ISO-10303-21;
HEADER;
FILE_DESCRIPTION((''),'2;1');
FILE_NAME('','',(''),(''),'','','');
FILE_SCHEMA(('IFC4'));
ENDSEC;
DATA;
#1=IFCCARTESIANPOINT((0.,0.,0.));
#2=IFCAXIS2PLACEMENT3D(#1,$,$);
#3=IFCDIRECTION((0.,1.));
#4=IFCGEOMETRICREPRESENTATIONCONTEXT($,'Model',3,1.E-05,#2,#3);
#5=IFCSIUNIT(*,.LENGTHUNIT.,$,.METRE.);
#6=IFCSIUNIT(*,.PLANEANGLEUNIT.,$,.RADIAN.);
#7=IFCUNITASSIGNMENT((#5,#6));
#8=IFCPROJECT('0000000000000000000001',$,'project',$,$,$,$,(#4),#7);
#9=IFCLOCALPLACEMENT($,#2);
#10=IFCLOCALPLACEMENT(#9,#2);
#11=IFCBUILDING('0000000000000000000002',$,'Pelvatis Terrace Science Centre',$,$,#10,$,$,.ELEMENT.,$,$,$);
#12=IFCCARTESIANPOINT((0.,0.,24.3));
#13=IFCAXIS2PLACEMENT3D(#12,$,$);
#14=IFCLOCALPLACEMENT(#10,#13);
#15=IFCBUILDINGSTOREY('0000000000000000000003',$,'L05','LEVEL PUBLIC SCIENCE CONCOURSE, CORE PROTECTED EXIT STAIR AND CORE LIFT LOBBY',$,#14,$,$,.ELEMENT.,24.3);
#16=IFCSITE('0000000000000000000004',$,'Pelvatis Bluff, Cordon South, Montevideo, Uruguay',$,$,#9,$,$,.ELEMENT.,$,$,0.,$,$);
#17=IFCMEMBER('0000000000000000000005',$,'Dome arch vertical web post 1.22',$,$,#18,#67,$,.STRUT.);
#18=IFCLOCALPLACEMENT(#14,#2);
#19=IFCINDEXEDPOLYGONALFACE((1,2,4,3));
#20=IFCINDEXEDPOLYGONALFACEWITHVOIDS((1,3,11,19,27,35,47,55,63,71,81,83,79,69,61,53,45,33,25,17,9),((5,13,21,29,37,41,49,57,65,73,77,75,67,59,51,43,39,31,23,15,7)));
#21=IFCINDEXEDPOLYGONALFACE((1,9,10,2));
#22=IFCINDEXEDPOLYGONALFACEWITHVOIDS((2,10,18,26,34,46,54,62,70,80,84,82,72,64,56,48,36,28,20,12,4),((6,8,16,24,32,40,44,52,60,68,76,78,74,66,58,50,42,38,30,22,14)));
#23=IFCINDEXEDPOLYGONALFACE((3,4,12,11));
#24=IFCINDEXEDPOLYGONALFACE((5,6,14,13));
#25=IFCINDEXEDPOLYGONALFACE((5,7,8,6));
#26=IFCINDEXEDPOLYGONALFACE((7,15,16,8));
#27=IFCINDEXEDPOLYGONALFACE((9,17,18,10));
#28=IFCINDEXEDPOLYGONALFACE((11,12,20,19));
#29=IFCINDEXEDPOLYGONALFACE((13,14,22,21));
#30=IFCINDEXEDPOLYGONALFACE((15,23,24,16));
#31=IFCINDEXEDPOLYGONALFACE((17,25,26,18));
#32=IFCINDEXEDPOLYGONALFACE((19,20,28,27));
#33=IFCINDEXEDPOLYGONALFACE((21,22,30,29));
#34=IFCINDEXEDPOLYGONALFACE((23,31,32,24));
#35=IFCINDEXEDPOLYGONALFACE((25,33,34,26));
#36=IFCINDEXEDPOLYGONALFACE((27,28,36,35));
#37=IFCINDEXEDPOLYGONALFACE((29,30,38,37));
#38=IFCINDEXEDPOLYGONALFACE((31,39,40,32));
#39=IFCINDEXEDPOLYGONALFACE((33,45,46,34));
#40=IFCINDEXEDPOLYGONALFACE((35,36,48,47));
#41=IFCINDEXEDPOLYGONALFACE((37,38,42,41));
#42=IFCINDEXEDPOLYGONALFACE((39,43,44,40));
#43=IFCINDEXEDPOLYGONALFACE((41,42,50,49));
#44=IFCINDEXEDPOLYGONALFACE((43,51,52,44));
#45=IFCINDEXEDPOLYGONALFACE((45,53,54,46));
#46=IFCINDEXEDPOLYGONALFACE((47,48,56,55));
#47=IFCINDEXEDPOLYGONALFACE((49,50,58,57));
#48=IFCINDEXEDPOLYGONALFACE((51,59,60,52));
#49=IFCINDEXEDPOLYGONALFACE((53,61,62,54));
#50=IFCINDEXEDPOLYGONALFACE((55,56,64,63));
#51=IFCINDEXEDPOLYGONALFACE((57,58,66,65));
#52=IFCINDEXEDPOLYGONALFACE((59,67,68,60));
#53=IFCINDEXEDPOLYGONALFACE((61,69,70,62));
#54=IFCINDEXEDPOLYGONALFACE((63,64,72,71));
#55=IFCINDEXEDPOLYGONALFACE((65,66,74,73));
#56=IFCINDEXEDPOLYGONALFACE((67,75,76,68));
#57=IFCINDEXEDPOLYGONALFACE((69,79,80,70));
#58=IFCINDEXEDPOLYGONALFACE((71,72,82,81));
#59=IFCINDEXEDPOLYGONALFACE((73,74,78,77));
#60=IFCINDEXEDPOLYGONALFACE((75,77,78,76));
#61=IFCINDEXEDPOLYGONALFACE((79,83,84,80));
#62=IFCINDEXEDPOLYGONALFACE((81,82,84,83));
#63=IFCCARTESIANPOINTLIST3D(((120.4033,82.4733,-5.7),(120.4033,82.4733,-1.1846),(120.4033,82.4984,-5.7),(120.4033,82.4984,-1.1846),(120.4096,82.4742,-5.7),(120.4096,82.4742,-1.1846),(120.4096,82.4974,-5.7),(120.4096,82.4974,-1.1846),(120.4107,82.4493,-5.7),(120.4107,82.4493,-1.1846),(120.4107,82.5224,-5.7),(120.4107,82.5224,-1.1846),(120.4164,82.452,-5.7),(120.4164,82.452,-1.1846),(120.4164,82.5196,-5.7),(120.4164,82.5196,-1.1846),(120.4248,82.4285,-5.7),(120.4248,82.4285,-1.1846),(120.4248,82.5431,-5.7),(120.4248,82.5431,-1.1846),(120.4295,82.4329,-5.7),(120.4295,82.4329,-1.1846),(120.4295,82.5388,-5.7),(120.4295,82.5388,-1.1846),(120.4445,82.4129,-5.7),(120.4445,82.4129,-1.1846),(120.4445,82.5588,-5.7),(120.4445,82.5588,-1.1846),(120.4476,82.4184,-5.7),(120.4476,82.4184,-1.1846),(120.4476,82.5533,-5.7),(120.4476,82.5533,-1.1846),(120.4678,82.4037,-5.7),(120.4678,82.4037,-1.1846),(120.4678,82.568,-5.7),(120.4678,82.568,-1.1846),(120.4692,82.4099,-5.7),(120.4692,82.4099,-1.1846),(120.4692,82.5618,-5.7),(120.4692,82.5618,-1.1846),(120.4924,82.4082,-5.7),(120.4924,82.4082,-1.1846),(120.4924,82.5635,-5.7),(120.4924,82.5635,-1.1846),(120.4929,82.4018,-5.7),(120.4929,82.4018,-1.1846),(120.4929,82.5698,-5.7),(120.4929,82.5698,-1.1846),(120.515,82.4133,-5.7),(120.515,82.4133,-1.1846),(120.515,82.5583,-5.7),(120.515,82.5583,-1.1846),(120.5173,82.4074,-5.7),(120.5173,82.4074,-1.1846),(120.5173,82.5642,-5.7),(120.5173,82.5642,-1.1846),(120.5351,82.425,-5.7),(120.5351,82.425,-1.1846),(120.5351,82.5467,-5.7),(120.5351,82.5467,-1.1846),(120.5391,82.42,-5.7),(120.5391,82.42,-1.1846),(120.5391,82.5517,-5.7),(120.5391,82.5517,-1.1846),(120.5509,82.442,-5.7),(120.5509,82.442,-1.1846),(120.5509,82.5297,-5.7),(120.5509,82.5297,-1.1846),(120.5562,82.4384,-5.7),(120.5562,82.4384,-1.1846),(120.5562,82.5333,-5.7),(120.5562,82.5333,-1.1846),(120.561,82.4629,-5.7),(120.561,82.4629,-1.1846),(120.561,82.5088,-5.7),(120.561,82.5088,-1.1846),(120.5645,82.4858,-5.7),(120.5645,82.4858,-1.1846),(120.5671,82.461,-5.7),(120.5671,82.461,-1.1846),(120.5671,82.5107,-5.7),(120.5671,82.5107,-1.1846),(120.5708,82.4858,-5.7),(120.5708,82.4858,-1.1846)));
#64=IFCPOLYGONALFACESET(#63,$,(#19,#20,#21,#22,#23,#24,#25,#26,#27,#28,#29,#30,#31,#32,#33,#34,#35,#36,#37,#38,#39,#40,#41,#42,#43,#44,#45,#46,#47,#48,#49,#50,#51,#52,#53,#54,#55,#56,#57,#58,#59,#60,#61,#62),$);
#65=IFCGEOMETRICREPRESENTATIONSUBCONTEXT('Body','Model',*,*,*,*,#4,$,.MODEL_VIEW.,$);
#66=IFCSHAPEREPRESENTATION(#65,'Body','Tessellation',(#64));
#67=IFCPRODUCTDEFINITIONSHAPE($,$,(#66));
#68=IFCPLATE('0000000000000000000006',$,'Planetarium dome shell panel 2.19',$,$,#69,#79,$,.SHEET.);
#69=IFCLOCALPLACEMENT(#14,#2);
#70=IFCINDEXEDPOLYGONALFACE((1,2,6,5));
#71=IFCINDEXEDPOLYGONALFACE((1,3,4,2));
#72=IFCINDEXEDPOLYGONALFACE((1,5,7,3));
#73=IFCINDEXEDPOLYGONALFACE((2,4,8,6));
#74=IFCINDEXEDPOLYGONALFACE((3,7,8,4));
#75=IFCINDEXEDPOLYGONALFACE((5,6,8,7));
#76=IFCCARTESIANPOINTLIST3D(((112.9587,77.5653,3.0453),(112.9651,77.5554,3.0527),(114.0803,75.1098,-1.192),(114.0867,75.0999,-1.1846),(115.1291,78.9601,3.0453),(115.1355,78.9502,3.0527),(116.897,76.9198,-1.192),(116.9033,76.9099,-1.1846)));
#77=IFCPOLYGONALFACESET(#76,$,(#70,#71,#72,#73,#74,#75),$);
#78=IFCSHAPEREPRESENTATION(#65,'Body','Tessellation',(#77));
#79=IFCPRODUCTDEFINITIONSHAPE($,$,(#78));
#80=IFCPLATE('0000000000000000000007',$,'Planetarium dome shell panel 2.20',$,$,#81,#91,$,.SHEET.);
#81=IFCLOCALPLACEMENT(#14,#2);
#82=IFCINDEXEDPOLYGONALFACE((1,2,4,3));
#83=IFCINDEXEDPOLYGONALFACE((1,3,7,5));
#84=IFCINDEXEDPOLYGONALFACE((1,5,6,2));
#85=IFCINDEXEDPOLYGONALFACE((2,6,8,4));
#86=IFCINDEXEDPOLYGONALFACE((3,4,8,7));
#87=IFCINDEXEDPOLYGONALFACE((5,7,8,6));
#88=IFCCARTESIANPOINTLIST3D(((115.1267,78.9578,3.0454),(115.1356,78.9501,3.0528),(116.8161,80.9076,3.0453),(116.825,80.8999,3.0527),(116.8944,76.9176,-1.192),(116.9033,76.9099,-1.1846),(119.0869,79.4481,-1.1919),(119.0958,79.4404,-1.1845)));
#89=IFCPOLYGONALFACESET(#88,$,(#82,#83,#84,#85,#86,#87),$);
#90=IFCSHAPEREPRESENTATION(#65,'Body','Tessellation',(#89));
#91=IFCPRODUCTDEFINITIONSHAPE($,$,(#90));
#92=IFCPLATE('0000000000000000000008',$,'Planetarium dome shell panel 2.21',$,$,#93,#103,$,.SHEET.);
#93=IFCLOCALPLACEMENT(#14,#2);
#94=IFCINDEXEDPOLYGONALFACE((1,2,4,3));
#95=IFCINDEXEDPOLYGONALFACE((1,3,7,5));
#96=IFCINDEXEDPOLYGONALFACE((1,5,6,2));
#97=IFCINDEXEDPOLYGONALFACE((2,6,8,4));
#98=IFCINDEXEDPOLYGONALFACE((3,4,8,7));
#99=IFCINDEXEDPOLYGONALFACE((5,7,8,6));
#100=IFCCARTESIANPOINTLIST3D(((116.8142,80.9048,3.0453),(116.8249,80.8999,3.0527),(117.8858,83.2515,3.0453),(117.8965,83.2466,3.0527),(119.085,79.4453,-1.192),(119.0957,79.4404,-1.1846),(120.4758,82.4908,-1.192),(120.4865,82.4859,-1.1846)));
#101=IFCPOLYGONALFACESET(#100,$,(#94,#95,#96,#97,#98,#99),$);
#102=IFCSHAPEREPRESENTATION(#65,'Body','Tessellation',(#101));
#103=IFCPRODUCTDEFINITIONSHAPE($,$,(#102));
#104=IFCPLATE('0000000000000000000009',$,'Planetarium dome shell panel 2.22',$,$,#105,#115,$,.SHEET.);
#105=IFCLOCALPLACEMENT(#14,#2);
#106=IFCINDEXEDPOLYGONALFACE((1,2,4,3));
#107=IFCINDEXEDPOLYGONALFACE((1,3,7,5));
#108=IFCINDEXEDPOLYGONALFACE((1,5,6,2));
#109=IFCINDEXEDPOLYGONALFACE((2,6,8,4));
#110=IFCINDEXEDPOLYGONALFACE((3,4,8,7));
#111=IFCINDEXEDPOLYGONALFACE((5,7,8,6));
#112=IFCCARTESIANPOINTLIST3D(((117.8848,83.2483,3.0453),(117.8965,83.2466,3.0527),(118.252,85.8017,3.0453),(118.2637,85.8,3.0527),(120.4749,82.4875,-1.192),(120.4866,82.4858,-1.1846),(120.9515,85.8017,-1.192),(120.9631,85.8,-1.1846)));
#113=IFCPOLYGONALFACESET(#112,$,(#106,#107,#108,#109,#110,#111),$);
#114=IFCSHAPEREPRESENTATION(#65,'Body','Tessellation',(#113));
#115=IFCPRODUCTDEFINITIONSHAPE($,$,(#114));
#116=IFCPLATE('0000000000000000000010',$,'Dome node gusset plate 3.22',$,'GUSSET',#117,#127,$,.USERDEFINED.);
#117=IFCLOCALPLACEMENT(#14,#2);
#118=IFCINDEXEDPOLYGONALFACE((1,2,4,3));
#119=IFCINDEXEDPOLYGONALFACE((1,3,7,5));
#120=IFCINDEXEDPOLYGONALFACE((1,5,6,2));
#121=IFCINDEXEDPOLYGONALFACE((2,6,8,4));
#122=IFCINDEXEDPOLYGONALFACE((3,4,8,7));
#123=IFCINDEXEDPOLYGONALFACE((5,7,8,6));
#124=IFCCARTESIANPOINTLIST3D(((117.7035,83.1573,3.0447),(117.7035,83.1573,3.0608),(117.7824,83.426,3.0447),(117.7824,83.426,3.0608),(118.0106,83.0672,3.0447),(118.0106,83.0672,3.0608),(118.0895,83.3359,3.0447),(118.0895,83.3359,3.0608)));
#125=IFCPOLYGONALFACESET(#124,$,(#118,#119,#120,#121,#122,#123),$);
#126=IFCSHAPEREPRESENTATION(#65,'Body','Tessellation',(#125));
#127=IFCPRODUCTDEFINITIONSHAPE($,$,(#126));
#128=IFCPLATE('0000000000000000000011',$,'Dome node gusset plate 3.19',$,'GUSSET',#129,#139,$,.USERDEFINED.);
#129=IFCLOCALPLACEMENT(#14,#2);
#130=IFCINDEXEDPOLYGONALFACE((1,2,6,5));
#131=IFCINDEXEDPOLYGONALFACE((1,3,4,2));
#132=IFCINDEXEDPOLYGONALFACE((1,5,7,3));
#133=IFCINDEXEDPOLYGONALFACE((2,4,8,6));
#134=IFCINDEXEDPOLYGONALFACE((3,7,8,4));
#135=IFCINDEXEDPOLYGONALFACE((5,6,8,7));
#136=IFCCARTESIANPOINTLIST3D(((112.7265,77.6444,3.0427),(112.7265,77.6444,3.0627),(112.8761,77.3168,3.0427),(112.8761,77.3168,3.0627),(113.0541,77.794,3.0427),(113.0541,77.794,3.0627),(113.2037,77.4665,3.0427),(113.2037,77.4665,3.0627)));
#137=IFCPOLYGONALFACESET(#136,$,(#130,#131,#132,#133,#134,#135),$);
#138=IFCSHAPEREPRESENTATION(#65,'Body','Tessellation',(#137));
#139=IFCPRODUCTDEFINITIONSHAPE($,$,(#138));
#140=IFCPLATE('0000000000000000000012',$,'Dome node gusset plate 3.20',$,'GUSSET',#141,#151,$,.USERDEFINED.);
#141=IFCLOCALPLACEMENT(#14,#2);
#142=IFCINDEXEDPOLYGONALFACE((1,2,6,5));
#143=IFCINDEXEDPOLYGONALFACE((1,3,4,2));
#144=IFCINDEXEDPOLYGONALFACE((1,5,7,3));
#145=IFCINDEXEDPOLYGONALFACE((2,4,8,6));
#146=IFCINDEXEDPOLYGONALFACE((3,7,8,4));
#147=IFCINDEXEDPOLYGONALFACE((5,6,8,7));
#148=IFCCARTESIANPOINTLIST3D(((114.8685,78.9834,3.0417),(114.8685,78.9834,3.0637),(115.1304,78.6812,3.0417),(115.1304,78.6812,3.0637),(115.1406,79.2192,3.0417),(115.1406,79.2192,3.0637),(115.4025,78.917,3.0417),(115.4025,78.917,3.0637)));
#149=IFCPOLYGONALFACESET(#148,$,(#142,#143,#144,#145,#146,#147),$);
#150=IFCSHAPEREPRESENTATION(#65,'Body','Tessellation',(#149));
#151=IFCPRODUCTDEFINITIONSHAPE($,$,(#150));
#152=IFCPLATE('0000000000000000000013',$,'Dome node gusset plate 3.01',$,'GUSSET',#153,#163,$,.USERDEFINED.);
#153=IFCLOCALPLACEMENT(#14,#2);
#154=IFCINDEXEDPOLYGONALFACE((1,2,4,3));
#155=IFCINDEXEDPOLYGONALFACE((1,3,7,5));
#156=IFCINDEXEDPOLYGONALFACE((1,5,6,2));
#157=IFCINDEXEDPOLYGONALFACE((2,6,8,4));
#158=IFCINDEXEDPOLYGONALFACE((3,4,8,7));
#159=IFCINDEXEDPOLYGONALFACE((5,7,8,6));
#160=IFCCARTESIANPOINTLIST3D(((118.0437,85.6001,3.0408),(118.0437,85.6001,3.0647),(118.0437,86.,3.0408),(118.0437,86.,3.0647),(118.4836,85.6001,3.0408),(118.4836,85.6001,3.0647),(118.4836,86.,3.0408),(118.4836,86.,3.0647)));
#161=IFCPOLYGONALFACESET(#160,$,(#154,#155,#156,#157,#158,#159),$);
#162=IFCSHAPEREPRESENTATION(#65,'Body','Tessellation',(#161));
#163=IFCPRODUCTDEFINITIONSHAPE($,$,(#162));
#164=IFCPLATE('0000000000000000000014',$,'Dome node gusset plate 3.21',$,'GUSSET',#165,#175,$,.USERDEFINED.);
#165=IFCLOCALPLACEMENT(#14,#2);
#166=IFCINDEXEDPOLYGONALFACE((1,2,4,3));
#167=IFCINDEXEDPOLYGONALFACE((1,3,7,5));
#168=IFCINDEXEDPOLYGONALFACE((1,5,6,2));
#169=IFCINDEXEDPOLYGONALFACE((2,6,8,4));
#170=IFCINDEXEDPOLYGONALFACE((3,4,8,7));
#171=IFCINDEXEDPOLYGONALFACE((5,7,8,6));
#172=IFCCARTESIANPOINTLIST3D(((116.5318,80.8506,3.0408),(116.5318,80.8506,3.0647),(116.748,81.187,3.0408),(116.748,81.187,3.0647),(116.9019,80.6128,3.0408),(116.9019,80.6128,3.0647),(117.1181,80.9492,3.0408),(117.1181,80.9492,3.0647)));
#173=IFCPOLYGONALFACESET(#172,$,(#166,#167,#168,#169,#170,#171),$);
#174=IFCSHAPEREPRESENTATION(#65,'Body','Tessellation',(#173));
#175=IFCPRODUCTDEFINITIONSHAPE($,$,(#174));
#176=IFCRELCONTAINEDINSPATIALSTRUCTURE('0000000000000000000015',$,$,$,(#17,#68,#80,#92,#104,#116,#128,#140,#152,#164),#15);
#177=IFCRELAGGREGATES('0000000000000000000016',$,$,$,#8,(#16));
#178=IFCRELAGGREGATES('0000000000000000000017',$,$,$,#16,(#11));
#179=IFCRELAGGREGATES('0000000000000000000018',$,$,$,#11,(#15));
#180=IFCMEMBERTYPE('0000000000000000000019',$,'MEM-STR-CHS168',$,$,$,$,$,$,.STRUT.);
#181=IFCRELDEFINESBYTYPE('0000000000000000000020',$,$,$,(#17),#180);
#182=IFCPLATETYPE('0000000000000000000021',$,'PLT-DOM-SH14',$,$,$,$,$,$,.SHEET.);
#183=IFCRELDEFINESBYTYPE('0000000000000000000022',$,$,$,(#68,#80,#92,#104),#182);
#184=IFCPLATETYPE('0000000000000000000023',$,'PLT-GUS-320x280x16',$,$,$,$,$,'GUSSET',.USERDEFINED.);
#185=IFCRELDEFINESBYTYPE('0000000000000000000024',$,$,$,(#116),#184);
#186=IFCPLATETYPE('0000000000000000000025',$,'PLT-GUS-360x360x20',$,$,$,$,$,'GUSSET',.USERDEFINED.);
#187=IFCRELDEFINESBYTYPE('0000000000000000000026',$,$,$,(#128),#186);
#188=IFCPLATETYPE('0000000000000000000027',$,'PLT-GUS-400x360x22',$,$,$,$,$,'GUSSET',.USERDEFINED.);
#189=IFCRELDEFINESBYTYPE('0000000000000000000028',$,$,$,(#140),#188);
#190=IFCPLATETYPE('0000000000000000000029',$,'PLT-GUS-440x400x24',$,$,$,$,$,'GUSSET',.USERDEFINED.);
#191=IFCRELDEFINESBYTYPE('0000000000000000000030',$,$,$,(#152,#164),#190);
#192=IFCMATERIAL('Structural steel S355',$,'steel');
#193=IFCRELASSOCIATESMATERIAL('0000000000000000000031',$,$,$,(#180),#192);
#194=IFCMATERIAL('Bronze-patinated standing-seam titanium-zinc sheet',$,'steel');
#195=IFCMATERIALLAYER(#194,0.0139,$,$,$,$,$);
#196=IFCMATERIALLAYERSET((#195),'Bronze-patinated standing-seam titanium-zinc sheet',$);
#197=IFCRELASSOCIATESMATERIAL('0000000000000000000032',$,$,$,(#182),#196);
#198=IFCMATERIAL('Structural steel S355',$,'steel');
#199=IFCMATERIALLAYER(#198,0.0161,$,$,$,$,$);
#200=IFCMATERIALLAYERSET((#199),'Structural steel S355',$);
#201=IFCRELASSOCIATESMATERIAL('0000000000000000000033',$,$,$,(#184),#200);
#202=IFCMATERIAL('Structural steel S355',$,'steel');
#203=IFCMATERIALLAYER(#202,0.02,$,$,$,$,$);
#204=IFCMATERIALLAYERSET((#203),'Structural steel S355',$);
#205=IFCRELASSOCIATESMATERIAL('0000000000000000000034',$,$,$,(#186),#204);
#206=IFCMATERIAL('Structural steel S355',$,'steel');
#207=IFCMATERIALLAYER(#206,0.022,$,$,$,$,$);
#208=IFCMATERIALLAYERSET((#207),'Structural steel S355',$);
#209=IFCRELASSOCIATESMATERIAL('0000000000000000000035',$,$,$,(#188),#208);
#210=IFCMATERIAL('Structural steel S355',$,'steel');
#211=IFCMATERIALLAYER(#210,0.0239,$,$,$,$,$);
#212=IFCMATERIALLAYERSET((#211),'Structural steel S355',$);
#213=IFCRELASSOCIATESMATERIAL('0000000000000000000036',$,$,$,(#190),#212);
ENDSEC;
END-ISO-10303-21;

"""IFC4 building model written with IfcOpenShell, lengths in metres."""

from ifc_helpers import new_model, si_unit, direction, frame, origin, origin_2d, place, context, subcontext, project, spatial, polyline, rectangle, hollow_circle, outline, extrude, material, layer, layer_set, material_profile, profile_set, type_object, element, save


model = new_model("IFC4")

# Units and contexts
model_context = context("Model", 3, precision=1e-05, world=origin(), true_north=direction((0.0, 1.0)))
body_context = subcontext(model_context, "Body", "Model", "MODEL_VIEW")
ifc_project = project(units=[si_unit("LENGTHUNIT", "METRE"), si_unit("PLANEANGLEUNIT", "RADIAN")], contexts=[model_context])

# Site, building, storey
site_placement = place(None, origin())
site = spatial("IfcSite", under=ifc_project, at=site_placement, Name="Pelvatis Bluff, Cordon South, Montevideo, Uruguay", CompositionType="ELEMENT", RefElevation=0.0)
building_placement = place(site_placement, origin())
building = spatial("IfcBuilding", under=site, at=building_placement, Name="Pelvatis Terrace Science Centre", CompositionType="ELEMENT")
storey_placement = place(building_placement, frame((0.0, 0.0, 24.3)))
storey = spatial("IfcBuildingStorey", under=building, at=storey_placement, Name="L05", Description="LEVEL PUBLIC SCIENCE CONCOURSE, CORE PROTECTED EXIT STAIR AND CORE LIFT LOBBY", CompositionType="ELEMENT", Elevation=24.3)

# Member
ifc_material_1 = material(Name="Structural steel S355", Category="steel")
ifc_material_profile_1 = material_profile(ifc_material_1, hollow_circle(Radius=0.0842, WallThickness=0.0063, at=origin_2d()), Name="CHS 168.3x6.3")
ifc_profile_set_1 = profile_set([ifc_material_profile_1], Name="Structural steel S355")
member_type_1 = type_object("IfcMemberType", Name="MEM-STR-CHS168", PredefinedType="STRUT", material=ifc_profile_set_1)
for number, where, z_axis, x_axis, name in (
    (1, (120.4866, 82.4858, -5.7), (0.0, 0.0, 1.0), (1.0, 0.0, 0.0), "Dome arch vertical web post 1.22"),
):
    element("IfcMember", number, at=place(storey_placement, frame(where, z_axis=z_axis, x_axis=x_axis)), inside=storey, type_object=member_type_1, Name=name, PredefinedType="STRUT", context=body_context, shape_type="SweptSolid", body=[
        extrude(hollow_circle(Radius=0.0842, WallThickness=0.0063, at=origin_2d()), origin(), (0.0, 0.0, 1.0), 4.5154),
    ])

# Plates
ifc_material_2 = material(Name="Bronze-patinated standing-seam titanium-zinc sheet", Category="steel")
ifc_layer_1 = layer(ifc_material_2, 0.0139)
ifc_layer_set_1 = layer_set([ifc_layer_1], Name="Bronze-patinated standing-seam titanium-zinc sheet")
plate_type_1 = type_object("IfcPlateType", Name="PLT-DOM-SH14", PredefinedType="SHEET", material=ifc_layer_set_1)
plate_1_placement = place(storey_placement, frame((114.0867, 75.0999, -1.1846), z_axis=(0.457288, -0.711588, 0.533415), x_axis=(0.841266, 0.540622, -0.000001)))
element("IfcPlate", 2, at=plate_1_placement, inside=storey, type_object=plate_type_1, Name="Planetarium dome shell panel 2.19", PredefinedType="SHEET", context=body_context, shape_type="SweptSolid", body=[
    extrude(outline(polyline([(0.0, 0.0), (3.3481, 0.0), (2.9639, 5.0095), (0.384, 5.0095), (0.0, 0.0)])), origin(), (0.0, 0.0, -1.0), 0.0139),
])
plate_2_placement = place(storey_placement, frame((116.9033, 76.9099, -1.1846), z_axis=(0.639284, -0.5539, 0.533395), x_axis=(0.654824, 0.755781, 0.000016)))
element("IfcPlate", 3, at=plate_2_placement, inside=storey, type_object=plate_type_1, Name="Planetarium dome shell panel 2.20", PredefinedType="SHEET", context=body_context, shape_type="SweptSolid", body=[
    extrude(outline(polyline([(0.0, 0.0), (3.3481, 0.0), (2.9643, 5.0094), (0.3845, 5.0095), (0.0, 0.0)])), origin(), (0.0, 0.0, -1.0), 0.0139),
])
plate_3_placement = place(storey_placement, frame((119.0957, 79.4404, -1.1846), z_axis=(0.769436, -0.351378, 0.533386), x_axis=(0.415412, 0.909633, -0.000015)))
element("IfcPlate", 4, at=plate_3_placement, inside=storey, type_object=plate_type_1, Name="Planetarium dome shell panel 2.21", PredefinedType="SHEET", context=body_context, shape_type="SweptSolid", body=[
    extrude(outline(polyline([(0.0, 0.0), (3.348, 0.0), (2.964, 5.0094), (0.3842, 5.0093), (0.0, 0.0)])), origin(), (0.0, 0.0, -1.0), 0.0139),
])
plate_4_placement = place(storey_placement, frame((120.4866, 82.4858, -1.1846), z_axis=(0.837256, -0.120394, 0.533393), x_axis=(0.142332, 0.989819, 0.000001)))
element("IfcPlate", 5, at=plate_4_placement, inside=storey, type_object=plate_type_1, Name="Planetarium dome shell panel 2.22", PredefinedType="SHEET", context=body_context, shape_type="SweptSolid", body=[
    extrude(outline(polyline([(0.0, 0.0), (3.3483, 0.0), (2.9641, 5.0094), (0.3844, 5.0094), (0.0, 0.0)])), origin(), (0.0, 0.0, -1.0), 0.0139),
])
ifc_material_3 = material(Name="Structural steel S355", Category="steel")
ifc_layer_2 = layer(ifc_material_3, 0.0161)
ifc_layer_set_2 = layer_set([ifc_layer_2], Name="Structural steel S355")
plate_type_2 = type_object("IfcPlateType", Name="PLT-GUS-320x280x16", ElementType="GUSSET", PredefinedType="USERDEFINED", material=ifc_layer_set_2)
plate_5_placement = place(storey_placement, frame((117.8965, 83.2466, 3.0447), z_axis=(0.0, 0.0, 1.0), x_axis=(0.959511, -0.281672, 0.0)))
element("IfcPlate", 6, at=plate_5_placement, inside=storey, type_object=plate_type_2, Name="Dome node gusset plate 3.22", ObjectType="GUSSET", PredefinedType="USERDEFINED", context=body_context, shape_type="SweptSolid", body=[
    extrude(rectangle(XDim=0.3201, YDim=0.28, at=origin_2d()), origin(), (0.0, 0.0, 1.0), 0.0161),
])
ifc_material_4 = material(Name="Structural steel S355", Category="steel")
ifc_layer_3 = layer(ifc_material_4, 0.02)
ifc_layer_set_3 = layer_set([ifc_layer_3], Name="Structural steel S355")
plate_type_3 = type_object("IfcPlateType", Name="PLT-GUS-360x360x20", ElementType="GUSSET", PredefinedType="USERDEFINED", material=ifc_layer_set_3)
plate_6_placement = place(storey_placement, frame((112.9651, 77.5554, 3.0427), z_axis=(0.0, 0.0, 1.0), x_axis=(0.415487, -0.909599, 0.0)))
element("IfcPlate", 7, at=plate_6_placement, inside=storey, type_object=plate_type_3, Name="Dome node gusset plate 3.19", ObjectType="GUSSET", PredefinedType="USERDEFINED", context=body_context, shape_type="SweptSolid", body=[
    extrude(rectangle(XDim=0.3601, YDim=0.3601, at=origin_2d()), origin(), (0.0, 0.0, 1.0), 0.02),
])
ifc_material_5 = material(Name="Structural steel S355", Category="steel")
ifc_layer_4 = layer(ifc_material_5, 0.022)
ifc_layer_set_4 = layer_set([ifc_layer_4], Name="Structural steel S355")
plate_type_4 = type_object("IfcPlateType", Name="PLT-GUS-400x360x22", ElementType="GUSSET", PredefinedType="USERDEFINED", material=ifc_layer_set_4)
plate_7_placement = place(storey_placement, frame((115.1355, 78.9502, 3.0417), z_axis=(0.0, 0.0, 1.0), x_axis=(0.654873, -0.755739, 0.0)))
element("IfcPlate", 8, at=plate_7_placement, inside=storey, type_object=plate_type_4, Name="Dome node gusset plate 3.20", ObjectType="GUSSET", PredefinedType="USERDEFINED", context=body_context, shape_type="SweptSolid", body=[
    extrude(rectangle(XDim=0.3999, YDim=0.3601, at=origin_2d()), origin(), (0.0, 0.0, 1.0), 0.022),
])
ifc_material_6 = material(Name="Structural steel S355", Category="steel")
ifc_layer_5 = layer(ifc_material_6, 0.0239)
ifc_layer_set_5 = layer_set([ifc_layer_5], Name="Structural steel S355")
plate_type_5 = type_object("IfcPlateType", Name="PLT-GUS-440x400x24", ElementType="GUSSET", PredefinedType="USERDEFINED", material=ifc_layer_set_5)
for number, where, z_axis, x_axis, name in (
    (9, (118.2637, 85.8, 3.0408), (0.0, 0.0, 1.0), (1.0, 0.0, 0.0), "Dome node gusset plate 3.01"),
    (10, (116.825, 80.8999, 3.0408), (0.0, 0.0, 1.0), (0.841228, -0.540681, 0.0), "Dome node gusset plate 3.21"),
):
    element("IfcPlate", number, at=place(storey_placement, frame(where, z_axis=z_axis, x_axis=x_axis)), inside=storey, type_object=plate_type_5, Name=name, ObjectType="GUSSET", PredefinedType="USERDEFINED", context=body_context, shape_type="SweptSolid", body=[
        extrude(rectangle(XDim=0.4399, YDim=0.3999, at=origin_2d()), origin(), (0.0, 0.0, 1.0), 0.0239),
    ])

save(model, "model.ifc")
